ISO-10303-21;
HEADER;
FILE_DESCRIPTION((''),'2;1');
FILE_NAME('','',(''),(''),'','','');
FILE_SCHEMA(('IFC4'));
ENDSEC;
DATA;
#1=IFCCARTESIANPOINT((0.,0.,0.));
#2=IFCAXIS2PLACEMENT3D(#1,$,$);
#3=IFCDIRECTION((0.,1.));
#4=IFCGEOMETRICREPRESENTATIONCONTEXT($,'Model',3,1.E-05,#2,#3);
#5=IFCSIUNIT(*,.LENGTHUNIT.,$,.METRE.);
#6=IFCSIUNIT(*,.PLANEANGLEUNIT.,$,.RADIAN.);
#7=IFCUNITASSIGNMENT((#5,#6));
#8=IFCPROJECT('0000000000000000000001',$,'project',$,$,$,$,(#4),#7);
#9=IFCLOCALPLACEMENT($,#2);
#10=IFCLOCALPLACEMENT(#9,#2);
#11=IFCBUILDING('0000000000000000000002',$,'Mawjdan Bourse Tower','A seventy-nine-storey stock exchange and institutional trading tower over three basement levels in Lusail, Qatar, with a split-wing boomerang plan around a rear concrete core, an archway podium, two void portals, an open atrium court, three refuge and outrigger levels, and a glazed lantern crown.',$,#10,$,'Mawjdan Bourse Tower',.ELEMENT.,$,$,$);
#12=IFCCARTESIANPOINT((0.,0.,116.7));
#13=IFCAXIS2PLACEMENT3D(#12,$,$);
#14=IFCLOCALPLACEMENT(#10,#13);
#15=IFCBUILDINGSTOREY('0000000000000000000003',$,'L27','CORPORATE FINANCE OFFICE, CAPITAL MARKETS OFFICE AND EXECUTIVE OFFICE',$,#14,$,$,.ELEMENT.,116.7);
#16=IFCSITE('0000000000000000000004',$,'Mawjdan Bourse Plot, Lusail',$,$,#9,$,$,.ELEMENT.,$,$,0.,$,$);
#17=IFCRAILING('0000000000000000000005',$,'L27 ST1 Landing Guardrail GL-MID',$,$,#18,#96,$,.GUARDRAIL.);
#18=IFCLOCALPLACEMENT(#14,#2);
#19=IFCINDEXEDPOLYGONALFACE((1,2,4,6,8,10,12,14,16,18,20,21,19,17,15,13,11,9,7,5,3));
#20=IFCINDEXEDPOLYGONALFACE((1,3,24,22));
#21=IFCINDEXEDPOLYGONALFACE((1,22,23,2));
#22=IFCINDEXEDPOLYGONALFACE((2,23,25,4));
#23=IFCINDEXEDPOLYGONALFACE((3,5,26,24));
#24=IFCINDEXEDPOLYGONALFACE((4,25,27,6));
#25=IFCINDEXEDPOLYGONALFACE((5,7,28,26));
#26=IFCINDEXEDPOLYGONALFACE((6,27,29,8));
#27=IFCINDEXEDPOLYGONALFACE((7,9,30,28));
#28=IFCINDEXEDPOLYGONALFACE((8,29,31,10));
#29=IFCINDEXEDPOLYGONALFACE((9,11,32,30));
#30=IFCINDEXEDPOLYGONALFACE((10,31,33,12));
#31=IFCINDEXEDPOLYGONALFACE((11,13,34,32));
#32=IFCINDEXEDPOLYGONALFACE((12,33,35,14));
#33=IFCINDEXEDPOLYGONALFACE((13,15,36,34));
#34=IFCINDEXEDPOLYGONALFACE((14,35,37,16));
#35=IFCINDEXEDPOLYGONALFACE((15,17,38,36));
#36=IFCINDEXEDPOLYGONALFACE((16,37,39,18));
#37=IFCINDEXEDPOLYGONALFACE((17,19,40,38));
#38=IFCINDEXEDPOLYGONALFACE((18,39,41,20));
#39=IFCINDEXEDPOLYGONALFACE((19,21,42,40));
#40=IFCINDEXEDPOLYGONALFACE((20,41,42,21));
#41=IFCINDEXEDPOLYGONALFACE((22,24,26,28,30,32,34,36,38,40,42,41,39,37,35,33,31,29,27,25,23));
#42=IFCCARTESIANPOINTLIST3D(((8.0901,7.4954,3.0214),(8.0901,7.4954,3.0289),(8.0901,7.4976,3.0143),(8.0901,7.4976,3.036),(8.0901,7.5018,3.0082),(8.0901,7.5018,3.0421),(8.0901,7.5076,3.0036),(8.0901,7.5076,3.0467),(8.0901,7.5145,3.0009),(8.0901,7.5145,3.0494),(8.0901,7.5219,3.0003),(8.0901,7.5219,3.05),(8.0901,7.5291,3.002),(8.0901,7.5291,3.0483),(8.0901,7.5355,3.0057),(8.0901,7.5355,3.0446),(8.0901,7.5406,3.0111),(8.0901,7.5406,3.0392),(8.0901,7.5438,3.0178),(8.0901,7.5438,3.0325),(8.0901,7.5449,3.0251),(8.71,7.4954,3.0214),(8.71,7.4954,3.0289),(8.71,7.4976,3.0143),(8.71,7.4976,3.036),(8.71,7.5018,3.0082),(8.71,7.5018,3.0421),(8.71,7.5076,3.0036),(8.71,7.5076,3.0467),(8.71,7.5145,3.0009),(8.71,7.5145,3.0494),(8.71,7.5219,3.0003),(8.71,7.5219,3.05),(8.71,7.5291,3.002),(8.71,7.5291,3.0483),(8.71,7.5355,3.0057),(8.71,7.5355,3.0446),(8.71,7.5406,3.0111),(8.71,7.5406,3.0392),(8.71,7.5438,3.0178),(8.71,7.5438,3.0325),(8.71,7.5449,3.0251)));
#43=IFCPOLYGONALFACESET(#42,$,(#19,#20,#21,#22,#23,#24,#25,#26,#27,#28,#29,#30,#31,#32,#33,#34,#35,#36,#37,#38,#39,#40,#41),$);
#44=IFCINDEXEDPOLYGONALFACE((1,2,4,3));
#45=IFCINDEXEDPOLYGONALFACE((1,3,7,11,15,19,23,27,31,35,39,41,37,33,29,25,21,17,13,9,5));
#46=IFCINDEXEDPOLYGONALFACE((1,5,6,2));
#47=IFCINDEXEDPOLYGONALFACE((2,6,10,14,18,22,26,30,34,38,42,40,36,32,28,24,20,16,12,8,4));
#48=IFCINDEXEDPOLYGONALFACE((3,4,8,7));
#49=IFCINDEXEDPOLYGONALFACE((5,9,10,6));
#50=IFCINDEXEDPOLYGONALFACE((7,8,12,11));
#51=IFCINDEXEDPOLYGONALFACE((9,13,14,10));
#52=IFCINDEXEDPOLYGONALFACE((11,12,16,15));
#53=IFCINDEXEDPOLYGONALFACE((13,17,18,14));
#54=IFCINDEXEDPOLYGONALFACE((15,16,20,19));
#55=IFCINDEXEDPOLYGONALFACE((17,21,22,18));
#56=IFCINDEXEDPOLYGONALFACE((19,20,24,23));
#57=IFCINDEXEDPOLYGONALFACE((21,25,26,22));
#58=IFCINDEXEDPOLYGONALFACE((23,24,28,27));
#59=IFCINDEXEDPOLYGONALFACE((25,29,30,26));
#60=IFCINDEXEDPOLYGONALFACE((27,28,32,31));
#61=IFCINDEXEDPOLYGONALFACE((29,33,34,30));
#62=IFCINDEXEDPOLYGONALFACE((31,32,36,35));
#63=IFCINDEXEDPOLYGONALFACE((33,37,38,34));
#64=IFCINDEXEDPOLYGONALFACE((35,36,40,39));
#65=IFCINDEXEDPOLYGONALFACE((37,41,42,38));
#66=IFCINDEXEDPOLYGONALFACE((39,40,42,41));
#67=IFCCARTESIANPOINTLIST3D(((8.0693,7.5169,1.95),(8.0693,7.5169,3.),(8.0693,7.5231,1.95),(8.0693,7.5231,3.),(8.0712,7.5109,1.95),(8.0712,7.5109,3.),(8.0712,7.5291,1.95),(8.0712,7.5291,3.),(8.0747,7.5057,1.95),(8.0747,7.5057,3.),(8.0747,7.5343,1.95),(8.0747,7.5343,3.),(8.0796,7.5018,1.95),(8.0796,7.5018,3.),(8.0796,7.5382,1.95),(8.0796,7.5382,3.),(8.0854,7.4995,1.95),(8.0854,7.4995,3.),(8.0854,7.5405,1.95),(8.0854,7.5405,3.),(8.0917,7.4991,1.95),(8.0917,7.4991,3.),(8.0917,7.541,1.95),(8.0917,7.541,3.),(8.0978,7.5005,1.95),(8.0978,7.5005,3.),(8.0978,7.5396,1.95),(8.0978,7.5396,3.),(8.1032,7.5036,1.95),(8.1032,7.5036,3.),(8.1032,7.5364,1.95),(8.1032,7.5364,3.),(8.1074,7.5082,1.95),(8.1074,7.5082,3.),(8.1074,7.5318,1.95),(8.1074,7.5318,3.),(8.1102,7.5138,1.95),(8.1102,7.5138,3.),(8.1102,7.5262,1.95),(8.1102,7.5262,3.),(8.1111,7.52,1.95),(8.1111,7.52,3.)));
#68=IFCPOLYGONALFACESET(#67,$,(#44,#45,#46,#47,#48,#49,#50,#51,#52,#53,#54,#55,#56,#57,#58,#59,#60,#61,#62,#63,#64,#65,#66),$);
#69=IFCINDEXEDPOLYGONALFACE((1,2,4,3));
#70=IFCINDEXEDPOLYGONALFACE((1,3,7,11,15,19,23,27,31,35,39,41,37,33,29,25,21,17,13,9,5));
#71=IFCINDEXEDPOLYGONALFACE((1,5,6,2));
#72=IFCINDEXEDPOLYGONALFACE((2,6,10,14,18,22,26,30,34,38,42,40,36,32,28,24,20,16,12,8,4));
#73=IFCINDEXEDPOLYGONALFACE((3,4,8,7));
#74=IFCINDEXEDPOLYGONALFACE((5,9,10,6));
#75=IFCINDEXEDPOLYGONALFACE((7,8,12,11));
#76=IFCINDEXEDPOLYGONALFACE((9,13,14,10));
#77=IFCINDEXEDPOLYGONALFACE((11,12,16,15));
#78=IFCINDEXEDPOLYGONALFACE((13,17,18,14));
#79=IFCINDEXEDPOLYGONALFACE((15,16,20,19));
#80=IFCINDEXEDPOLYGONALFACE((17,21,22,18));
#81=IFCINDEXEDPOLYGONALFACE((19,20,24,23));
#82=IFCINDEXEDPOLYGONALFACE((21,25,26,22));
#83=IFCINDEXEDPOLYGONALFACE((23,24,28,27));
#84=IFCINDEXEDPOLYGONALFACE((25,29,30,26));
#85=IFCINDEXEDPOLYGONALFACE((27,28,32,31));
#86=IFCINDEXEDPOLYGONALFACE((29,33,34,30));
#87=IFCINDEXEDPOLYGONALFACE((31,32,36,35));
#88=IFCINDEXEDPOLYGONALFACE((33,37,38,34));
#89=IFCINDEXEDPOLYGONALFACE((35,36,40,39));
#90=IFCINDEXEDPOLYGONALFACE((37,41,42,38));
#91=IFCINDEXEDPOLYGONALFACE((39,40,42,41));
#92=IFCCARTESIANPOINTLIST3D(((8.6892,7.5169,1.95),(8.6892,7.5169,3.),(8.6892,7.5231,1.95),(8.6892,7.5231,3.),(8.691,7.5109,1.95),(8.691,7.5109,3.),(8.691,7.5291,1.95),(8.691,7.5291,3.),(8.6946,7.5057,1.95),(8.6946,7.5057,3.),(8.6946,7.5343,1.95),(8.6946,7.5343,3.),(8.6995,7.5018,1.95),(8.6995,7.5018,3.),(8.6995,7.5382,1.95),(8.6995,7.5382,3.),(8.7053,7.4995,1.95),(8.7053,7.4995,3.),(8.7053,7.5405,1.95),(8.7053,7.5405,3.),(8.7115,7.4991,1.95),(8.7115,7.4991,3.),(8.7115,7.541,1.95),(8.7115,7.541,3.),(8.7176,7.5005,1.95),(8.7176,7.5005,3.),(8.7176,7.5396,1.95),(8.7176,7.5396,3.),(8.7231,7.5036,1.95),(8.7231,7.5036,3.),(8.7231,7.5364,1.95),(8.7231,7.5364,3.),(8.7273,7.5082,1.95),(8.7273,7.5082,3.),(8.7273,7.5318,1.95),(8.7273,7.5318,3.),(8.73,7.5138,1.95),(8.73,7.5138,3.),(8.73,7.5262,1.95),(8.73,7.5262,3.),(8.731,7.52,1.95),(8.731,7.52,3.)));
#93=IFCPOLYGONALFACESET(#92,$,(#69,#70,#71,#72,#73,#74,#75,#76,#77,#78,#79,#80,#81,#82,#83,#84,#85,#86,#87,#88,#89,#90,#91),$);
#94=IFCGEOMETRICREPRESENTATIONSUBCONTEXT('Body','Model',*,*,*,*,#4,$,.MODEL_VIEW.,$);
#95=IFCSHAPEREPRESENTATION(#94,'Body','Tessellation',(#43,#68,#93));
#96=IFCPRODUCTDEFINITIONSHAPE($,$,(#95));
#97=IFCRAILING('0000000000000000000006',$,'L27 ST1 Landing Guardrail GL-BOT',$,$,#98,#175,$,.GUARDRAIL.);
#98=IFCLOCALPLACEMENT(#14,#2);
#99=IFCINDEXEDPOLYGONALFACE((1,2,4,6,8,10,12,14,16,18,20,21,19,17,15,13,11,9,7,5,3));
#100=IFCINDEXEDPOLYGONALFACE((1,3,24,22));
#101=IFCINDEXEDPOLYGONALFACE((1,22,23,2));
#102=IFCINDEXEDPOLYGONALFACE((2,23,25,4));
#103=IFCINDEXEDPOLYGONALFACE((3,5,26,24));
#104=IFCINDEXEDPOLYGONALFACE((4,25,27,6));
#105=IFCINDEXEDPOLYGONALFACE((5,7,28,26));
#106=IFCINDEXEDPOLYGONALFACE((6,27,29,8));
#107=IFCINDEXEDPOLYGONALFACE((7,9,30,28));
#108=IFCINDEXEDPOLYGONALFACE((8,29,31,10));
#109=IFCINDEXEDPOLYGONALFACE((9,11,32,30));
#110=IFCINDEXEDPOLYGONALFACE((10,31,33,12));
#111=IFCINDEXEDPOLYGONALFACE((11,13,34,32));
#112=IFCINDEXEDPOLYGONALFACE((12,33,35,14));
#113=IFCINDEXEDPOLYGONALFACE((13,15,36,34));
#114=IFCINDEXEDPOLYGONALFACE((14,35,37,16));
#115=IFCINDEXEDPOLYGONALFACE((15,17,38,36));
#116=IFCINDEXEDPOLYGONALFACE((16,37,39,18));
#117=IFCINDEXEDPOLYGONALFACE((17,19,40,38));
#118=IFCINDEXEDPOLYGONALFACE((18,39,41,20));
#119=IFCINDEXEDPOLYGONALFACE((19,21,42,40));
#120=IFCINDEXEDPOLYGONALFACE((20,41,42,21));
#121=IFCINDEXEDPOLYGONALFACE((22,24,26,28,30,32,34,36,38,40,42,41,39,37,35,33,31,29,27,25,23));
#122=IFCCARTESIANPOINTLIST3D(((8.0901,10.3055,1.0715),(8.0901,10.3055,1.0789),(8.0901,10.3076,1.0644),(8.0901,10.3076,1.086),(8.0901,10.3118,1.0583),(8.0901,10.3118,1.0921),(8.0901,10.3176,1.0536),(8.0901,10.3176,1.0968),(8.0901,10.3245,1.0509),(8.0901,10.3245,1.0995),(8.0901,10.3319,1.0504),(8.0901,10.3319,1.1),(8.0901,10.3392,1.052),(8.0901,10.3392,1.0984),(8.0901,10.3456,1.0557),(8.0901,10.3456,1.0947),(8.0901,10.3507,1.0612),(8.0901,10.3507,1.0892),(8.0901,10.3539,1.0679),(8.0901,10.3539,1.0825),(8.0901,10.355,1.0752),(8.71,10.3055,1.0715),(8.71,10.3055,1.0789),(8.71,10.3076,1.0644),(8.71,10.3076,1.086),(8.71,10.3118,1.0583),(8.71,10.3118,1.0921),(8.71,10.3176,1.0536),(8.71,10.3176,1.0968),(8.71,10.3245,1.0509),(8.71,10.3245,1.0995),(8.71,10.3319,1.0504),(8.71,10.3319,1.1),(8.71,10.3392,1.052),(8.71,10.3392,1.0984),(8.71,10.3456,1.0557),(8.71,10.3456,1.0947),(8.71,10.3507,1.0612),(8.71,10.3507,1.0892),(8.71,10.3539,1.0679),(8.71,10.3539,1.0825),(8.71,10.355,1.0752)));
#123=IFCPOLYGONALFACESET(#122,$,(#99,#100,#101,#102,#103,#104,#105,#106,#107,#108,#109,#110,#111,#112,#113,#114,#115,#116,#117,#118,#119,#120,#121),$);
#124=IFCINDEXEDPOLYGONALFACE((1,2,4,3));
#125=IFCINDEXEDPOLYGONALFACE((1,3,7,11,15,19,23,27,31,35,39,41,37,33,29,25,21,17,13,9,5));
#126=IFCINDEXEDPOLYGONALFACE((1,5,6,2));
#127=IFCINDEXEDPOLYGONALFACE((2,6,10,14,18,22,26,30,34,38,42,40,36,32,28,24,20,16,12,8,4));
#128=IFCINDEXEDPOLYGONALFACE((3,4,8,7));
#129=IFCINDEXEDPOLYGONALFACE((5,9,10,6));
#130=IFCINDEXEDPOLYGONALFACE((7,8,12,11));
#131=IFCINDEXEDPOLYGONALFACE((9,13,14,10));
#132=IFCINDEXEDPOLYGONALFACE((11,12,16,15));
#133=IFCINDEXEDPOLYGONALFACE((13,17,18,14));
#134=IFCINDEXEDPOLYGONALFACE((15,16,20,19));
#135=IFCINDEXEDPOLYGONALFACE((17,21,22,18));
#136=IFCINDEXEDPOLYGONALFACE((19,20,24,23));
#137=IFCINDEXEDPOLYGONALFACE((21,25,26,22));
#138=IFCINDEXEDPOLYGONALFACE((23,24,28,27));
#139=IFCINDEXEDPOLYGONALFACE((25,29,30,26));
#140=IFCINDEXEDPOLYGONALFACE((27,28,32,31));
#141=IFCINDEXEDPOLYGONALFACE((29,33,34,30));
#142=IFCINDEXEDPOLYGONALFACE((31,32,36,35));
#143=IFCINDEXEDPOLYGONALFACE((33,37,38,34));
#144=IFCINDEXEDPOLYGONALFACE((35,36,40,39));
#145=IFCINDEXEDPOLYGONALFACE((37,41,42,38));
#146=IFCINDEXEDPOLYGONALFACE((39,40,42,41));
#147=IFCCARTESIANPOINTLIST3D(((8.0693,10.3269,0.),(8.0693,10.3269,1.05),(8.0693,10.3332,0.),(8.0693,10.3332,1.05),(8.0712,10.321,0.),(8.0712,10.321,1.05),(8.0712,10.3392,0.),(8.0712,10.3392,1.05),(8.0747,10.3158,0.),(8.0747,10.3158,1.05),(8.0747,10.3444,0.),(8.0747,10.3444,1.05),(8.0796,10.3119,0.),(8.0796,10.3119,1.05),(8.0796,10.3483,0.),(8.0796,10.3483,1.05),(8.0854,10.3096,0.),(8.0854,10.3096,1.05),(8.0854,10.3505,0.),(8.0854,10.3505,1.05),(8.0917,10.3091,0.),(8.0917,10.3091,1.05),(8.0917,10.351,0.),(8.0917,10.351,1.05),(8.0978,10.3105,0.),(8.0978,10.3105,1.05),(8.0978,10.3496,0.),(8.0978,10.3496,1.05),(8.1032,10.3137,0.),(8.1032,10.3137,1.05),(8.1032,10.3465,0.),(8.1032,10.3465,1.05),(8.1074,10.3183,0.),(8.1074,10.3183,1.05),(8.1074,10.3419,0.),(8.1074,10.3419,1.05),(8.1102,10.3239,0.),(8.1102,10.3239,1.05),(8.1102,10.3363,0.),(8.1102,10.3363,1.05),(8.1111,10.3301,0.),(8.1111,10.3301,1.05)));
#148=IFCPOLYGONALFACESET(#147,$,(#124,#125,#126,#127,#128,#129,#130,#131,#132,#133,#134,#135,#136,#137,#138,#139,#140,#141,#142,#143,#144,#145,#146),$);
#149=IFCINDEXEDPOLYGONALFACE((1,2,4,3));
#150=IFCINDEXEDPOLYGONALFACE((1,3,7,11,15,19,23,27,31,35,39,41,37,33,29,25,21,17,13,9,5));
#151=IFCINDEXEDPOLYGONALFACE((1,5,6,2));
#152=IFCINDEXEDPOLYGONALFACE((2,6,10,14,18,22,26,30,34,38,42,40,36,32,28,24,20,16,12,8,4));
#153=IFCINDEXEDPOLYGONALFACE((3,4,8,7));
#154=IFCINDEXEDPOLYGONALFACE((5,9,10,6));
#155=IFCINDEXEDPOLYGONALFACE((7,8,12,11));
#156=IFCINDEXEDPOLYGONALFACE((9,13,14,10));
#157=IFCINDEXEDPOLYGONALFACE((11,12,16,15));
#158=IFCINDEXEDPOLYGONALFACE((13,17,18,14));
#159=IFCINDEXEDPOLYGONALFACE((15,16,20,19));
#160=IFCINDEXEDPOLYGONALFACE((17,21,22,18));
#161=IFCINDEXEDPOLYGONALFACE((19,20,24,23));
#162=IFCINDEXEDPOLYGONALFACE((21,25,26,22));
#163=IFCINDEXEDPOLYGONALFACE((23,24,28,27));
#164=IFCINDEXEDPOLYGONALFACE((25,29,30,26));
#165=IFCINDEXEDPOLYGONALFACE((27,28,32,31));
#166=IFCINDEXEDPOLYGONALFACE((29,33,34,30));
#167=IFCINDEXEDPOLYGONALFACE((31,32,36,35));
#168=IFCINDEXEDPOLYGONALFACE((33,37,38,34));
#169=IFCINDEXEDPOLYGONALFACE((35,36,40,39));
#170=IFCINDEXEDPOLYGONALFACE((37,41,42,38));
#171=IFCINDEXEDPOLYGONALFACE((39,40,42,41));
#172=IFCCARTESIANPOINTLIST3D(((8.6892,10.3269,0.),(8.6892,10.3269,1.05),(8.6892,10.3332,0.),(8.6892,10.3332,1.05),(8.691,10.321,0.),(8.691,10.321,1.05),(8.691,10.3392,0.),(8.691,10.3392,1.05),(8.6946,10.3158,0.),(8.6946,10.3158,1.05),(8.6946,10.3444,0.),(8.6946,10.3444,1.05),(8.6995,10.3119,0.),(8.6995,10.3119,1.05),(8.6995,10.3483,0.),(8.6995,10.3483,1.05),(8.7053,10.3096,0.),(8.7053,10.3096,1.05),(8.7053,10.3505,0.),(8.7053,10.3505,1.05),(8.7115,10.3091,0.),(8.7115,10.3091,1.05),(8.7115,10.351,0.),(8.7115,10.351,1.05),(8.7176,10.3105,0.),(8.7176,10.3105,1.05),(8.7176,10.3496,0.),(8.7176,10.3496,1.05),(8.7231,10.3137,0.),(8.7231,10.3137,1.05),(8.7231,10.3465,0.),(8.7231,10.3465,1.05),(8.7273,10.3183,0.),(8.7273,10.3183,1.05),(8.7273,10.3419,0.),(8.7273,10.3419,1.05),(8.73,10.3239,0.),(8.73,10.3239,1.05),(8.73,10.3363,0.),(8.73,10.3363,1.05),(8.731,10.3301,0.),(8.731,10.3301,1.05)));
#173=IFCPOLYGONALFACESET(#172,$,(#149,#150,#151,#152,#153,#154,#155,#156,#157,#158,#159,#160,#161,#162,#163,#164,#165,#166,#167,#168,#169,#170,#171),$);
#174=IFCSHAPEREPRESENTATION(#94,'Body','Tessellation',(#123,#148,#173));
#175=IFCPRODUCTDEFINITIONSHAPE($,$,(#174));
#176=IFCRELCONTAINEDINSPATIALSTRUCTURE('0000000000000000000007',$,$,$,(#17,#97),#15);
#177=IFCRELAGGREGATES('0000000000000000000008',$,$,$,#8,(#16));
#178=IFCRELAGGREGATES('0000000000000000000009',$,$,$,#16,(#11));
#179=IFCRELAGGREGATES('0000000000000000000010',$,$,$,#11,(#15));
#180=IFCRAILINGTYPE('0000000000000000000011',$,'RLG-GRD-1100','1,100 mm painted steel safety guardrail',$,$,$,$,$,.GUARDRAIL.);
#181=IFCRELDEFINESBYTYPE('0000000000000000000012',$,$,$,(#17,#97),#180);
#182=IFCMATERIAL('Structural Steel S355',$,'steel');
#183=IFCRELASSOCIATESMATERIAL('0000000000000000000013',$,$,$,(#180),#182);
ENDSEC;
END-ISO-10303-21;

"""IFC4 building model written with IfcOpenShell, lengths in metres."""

from ifc_helpers import new_model, si_unit, direction, frame, origin, origin_2d, place, context, subcontext, project, spatial, circle, extrude, material, type_object, element, save


model = new_model("IFC4")

# Units and contexts
model_context = context("Model", 3, precision=1e-05, world=origin(), true_north=direction((0.0, 1.0)))
body_context = subcontext(model_context, "Body", "Model", "MODEL_VIEW")
ifc_project = project(units=[si_unit("LENGTHUNIT", "METRE"), si_unit("PLANEANGLEUNIT", "RADIAN")], contexts=[model_context])

# Site, building, storey
site_placement = place(None, origin())
site = spatial("IfcSite", under=ifc_project, at=site_placement, Name="Mawjdan Bourse Plot, Lusail", CompositionType="ELEMENT", RefElevation=0.0)
building_placement = place(site_placement, origin())
building = spatial("IfcBuilding", under=site, at=building_placement, Name="Mawjdan Bourse Tower", Description="A seventy-nine-storey stock exchange and institutional trading tower over three basement levels in Lusail, Qatar, with a split-wing boomerang plan around a rear concrete core, an archway podium, two void portals, an open atrium court, three refuge and outrigger levels, and a glazed lantern crown.", LongName="Mawjdan Bourse Tower", CompositionType="ELEMENT")
storey_placement = place(building_placement, frame((0.0, 0.0, 116.7)))
storey = spatial("IfcBuildingStorey", under=building, at=storey_placement, Name="L27", Description="CORPORATE FINANCE OFFICE, CAPITAL MARKETS OFFICE AND EXECUTIVE OFFICE", CompositionType="ELEMENT", Elevation=116.7)

# Railings
ifc_material_1 = material(Name="Structural Steel S355", Category="steel")
railing_type_1 = type_object("IfcRailingType", Name="RLG-GRD-1100", Description="1,100 mm painted steel safety guardrail", PredefinedType="GUARDRAIL", material=ifc_material_1)
for number, where, name in (
    (1, (8.0901, 7.52, 1.95), "L27 ST1 Landing Guardrail GL-MID"),
    (2, (8.0901, 10.3301, 0.0), "L27 ST1 Landing Guardrail GL-BOT"),
):
    element("IfcRailing", number, at=place(storey_placement, frame(where)), inside=storey, type_object=railing_type_1, Name=name, PredefinedType="GUARDRAIL", context=body_context, shape_type="SweptSolid", body=[
        extrude(circle(Radius=0.0249, at=origin_2d()), frame((0.0, 0.0, 1.0752), z_axis=(1.0, 0.0, 0.0), x_axis=(0.0, 1.0, 0.0)), (0.0, 0.0, 1.0), 0.6199),
        extrude(circle(Radius=0.021, at=origin_2d()), origin(), (0.0, 0.0, 1.0), 1.05),
        extrude(circle(Radius=0.021, at=origin_2d()), frame((0.6199, 0.0, 0.0)), (0.0, 0.0, 1.0), 1.05),
    ])

save(model, "model.ifc")
